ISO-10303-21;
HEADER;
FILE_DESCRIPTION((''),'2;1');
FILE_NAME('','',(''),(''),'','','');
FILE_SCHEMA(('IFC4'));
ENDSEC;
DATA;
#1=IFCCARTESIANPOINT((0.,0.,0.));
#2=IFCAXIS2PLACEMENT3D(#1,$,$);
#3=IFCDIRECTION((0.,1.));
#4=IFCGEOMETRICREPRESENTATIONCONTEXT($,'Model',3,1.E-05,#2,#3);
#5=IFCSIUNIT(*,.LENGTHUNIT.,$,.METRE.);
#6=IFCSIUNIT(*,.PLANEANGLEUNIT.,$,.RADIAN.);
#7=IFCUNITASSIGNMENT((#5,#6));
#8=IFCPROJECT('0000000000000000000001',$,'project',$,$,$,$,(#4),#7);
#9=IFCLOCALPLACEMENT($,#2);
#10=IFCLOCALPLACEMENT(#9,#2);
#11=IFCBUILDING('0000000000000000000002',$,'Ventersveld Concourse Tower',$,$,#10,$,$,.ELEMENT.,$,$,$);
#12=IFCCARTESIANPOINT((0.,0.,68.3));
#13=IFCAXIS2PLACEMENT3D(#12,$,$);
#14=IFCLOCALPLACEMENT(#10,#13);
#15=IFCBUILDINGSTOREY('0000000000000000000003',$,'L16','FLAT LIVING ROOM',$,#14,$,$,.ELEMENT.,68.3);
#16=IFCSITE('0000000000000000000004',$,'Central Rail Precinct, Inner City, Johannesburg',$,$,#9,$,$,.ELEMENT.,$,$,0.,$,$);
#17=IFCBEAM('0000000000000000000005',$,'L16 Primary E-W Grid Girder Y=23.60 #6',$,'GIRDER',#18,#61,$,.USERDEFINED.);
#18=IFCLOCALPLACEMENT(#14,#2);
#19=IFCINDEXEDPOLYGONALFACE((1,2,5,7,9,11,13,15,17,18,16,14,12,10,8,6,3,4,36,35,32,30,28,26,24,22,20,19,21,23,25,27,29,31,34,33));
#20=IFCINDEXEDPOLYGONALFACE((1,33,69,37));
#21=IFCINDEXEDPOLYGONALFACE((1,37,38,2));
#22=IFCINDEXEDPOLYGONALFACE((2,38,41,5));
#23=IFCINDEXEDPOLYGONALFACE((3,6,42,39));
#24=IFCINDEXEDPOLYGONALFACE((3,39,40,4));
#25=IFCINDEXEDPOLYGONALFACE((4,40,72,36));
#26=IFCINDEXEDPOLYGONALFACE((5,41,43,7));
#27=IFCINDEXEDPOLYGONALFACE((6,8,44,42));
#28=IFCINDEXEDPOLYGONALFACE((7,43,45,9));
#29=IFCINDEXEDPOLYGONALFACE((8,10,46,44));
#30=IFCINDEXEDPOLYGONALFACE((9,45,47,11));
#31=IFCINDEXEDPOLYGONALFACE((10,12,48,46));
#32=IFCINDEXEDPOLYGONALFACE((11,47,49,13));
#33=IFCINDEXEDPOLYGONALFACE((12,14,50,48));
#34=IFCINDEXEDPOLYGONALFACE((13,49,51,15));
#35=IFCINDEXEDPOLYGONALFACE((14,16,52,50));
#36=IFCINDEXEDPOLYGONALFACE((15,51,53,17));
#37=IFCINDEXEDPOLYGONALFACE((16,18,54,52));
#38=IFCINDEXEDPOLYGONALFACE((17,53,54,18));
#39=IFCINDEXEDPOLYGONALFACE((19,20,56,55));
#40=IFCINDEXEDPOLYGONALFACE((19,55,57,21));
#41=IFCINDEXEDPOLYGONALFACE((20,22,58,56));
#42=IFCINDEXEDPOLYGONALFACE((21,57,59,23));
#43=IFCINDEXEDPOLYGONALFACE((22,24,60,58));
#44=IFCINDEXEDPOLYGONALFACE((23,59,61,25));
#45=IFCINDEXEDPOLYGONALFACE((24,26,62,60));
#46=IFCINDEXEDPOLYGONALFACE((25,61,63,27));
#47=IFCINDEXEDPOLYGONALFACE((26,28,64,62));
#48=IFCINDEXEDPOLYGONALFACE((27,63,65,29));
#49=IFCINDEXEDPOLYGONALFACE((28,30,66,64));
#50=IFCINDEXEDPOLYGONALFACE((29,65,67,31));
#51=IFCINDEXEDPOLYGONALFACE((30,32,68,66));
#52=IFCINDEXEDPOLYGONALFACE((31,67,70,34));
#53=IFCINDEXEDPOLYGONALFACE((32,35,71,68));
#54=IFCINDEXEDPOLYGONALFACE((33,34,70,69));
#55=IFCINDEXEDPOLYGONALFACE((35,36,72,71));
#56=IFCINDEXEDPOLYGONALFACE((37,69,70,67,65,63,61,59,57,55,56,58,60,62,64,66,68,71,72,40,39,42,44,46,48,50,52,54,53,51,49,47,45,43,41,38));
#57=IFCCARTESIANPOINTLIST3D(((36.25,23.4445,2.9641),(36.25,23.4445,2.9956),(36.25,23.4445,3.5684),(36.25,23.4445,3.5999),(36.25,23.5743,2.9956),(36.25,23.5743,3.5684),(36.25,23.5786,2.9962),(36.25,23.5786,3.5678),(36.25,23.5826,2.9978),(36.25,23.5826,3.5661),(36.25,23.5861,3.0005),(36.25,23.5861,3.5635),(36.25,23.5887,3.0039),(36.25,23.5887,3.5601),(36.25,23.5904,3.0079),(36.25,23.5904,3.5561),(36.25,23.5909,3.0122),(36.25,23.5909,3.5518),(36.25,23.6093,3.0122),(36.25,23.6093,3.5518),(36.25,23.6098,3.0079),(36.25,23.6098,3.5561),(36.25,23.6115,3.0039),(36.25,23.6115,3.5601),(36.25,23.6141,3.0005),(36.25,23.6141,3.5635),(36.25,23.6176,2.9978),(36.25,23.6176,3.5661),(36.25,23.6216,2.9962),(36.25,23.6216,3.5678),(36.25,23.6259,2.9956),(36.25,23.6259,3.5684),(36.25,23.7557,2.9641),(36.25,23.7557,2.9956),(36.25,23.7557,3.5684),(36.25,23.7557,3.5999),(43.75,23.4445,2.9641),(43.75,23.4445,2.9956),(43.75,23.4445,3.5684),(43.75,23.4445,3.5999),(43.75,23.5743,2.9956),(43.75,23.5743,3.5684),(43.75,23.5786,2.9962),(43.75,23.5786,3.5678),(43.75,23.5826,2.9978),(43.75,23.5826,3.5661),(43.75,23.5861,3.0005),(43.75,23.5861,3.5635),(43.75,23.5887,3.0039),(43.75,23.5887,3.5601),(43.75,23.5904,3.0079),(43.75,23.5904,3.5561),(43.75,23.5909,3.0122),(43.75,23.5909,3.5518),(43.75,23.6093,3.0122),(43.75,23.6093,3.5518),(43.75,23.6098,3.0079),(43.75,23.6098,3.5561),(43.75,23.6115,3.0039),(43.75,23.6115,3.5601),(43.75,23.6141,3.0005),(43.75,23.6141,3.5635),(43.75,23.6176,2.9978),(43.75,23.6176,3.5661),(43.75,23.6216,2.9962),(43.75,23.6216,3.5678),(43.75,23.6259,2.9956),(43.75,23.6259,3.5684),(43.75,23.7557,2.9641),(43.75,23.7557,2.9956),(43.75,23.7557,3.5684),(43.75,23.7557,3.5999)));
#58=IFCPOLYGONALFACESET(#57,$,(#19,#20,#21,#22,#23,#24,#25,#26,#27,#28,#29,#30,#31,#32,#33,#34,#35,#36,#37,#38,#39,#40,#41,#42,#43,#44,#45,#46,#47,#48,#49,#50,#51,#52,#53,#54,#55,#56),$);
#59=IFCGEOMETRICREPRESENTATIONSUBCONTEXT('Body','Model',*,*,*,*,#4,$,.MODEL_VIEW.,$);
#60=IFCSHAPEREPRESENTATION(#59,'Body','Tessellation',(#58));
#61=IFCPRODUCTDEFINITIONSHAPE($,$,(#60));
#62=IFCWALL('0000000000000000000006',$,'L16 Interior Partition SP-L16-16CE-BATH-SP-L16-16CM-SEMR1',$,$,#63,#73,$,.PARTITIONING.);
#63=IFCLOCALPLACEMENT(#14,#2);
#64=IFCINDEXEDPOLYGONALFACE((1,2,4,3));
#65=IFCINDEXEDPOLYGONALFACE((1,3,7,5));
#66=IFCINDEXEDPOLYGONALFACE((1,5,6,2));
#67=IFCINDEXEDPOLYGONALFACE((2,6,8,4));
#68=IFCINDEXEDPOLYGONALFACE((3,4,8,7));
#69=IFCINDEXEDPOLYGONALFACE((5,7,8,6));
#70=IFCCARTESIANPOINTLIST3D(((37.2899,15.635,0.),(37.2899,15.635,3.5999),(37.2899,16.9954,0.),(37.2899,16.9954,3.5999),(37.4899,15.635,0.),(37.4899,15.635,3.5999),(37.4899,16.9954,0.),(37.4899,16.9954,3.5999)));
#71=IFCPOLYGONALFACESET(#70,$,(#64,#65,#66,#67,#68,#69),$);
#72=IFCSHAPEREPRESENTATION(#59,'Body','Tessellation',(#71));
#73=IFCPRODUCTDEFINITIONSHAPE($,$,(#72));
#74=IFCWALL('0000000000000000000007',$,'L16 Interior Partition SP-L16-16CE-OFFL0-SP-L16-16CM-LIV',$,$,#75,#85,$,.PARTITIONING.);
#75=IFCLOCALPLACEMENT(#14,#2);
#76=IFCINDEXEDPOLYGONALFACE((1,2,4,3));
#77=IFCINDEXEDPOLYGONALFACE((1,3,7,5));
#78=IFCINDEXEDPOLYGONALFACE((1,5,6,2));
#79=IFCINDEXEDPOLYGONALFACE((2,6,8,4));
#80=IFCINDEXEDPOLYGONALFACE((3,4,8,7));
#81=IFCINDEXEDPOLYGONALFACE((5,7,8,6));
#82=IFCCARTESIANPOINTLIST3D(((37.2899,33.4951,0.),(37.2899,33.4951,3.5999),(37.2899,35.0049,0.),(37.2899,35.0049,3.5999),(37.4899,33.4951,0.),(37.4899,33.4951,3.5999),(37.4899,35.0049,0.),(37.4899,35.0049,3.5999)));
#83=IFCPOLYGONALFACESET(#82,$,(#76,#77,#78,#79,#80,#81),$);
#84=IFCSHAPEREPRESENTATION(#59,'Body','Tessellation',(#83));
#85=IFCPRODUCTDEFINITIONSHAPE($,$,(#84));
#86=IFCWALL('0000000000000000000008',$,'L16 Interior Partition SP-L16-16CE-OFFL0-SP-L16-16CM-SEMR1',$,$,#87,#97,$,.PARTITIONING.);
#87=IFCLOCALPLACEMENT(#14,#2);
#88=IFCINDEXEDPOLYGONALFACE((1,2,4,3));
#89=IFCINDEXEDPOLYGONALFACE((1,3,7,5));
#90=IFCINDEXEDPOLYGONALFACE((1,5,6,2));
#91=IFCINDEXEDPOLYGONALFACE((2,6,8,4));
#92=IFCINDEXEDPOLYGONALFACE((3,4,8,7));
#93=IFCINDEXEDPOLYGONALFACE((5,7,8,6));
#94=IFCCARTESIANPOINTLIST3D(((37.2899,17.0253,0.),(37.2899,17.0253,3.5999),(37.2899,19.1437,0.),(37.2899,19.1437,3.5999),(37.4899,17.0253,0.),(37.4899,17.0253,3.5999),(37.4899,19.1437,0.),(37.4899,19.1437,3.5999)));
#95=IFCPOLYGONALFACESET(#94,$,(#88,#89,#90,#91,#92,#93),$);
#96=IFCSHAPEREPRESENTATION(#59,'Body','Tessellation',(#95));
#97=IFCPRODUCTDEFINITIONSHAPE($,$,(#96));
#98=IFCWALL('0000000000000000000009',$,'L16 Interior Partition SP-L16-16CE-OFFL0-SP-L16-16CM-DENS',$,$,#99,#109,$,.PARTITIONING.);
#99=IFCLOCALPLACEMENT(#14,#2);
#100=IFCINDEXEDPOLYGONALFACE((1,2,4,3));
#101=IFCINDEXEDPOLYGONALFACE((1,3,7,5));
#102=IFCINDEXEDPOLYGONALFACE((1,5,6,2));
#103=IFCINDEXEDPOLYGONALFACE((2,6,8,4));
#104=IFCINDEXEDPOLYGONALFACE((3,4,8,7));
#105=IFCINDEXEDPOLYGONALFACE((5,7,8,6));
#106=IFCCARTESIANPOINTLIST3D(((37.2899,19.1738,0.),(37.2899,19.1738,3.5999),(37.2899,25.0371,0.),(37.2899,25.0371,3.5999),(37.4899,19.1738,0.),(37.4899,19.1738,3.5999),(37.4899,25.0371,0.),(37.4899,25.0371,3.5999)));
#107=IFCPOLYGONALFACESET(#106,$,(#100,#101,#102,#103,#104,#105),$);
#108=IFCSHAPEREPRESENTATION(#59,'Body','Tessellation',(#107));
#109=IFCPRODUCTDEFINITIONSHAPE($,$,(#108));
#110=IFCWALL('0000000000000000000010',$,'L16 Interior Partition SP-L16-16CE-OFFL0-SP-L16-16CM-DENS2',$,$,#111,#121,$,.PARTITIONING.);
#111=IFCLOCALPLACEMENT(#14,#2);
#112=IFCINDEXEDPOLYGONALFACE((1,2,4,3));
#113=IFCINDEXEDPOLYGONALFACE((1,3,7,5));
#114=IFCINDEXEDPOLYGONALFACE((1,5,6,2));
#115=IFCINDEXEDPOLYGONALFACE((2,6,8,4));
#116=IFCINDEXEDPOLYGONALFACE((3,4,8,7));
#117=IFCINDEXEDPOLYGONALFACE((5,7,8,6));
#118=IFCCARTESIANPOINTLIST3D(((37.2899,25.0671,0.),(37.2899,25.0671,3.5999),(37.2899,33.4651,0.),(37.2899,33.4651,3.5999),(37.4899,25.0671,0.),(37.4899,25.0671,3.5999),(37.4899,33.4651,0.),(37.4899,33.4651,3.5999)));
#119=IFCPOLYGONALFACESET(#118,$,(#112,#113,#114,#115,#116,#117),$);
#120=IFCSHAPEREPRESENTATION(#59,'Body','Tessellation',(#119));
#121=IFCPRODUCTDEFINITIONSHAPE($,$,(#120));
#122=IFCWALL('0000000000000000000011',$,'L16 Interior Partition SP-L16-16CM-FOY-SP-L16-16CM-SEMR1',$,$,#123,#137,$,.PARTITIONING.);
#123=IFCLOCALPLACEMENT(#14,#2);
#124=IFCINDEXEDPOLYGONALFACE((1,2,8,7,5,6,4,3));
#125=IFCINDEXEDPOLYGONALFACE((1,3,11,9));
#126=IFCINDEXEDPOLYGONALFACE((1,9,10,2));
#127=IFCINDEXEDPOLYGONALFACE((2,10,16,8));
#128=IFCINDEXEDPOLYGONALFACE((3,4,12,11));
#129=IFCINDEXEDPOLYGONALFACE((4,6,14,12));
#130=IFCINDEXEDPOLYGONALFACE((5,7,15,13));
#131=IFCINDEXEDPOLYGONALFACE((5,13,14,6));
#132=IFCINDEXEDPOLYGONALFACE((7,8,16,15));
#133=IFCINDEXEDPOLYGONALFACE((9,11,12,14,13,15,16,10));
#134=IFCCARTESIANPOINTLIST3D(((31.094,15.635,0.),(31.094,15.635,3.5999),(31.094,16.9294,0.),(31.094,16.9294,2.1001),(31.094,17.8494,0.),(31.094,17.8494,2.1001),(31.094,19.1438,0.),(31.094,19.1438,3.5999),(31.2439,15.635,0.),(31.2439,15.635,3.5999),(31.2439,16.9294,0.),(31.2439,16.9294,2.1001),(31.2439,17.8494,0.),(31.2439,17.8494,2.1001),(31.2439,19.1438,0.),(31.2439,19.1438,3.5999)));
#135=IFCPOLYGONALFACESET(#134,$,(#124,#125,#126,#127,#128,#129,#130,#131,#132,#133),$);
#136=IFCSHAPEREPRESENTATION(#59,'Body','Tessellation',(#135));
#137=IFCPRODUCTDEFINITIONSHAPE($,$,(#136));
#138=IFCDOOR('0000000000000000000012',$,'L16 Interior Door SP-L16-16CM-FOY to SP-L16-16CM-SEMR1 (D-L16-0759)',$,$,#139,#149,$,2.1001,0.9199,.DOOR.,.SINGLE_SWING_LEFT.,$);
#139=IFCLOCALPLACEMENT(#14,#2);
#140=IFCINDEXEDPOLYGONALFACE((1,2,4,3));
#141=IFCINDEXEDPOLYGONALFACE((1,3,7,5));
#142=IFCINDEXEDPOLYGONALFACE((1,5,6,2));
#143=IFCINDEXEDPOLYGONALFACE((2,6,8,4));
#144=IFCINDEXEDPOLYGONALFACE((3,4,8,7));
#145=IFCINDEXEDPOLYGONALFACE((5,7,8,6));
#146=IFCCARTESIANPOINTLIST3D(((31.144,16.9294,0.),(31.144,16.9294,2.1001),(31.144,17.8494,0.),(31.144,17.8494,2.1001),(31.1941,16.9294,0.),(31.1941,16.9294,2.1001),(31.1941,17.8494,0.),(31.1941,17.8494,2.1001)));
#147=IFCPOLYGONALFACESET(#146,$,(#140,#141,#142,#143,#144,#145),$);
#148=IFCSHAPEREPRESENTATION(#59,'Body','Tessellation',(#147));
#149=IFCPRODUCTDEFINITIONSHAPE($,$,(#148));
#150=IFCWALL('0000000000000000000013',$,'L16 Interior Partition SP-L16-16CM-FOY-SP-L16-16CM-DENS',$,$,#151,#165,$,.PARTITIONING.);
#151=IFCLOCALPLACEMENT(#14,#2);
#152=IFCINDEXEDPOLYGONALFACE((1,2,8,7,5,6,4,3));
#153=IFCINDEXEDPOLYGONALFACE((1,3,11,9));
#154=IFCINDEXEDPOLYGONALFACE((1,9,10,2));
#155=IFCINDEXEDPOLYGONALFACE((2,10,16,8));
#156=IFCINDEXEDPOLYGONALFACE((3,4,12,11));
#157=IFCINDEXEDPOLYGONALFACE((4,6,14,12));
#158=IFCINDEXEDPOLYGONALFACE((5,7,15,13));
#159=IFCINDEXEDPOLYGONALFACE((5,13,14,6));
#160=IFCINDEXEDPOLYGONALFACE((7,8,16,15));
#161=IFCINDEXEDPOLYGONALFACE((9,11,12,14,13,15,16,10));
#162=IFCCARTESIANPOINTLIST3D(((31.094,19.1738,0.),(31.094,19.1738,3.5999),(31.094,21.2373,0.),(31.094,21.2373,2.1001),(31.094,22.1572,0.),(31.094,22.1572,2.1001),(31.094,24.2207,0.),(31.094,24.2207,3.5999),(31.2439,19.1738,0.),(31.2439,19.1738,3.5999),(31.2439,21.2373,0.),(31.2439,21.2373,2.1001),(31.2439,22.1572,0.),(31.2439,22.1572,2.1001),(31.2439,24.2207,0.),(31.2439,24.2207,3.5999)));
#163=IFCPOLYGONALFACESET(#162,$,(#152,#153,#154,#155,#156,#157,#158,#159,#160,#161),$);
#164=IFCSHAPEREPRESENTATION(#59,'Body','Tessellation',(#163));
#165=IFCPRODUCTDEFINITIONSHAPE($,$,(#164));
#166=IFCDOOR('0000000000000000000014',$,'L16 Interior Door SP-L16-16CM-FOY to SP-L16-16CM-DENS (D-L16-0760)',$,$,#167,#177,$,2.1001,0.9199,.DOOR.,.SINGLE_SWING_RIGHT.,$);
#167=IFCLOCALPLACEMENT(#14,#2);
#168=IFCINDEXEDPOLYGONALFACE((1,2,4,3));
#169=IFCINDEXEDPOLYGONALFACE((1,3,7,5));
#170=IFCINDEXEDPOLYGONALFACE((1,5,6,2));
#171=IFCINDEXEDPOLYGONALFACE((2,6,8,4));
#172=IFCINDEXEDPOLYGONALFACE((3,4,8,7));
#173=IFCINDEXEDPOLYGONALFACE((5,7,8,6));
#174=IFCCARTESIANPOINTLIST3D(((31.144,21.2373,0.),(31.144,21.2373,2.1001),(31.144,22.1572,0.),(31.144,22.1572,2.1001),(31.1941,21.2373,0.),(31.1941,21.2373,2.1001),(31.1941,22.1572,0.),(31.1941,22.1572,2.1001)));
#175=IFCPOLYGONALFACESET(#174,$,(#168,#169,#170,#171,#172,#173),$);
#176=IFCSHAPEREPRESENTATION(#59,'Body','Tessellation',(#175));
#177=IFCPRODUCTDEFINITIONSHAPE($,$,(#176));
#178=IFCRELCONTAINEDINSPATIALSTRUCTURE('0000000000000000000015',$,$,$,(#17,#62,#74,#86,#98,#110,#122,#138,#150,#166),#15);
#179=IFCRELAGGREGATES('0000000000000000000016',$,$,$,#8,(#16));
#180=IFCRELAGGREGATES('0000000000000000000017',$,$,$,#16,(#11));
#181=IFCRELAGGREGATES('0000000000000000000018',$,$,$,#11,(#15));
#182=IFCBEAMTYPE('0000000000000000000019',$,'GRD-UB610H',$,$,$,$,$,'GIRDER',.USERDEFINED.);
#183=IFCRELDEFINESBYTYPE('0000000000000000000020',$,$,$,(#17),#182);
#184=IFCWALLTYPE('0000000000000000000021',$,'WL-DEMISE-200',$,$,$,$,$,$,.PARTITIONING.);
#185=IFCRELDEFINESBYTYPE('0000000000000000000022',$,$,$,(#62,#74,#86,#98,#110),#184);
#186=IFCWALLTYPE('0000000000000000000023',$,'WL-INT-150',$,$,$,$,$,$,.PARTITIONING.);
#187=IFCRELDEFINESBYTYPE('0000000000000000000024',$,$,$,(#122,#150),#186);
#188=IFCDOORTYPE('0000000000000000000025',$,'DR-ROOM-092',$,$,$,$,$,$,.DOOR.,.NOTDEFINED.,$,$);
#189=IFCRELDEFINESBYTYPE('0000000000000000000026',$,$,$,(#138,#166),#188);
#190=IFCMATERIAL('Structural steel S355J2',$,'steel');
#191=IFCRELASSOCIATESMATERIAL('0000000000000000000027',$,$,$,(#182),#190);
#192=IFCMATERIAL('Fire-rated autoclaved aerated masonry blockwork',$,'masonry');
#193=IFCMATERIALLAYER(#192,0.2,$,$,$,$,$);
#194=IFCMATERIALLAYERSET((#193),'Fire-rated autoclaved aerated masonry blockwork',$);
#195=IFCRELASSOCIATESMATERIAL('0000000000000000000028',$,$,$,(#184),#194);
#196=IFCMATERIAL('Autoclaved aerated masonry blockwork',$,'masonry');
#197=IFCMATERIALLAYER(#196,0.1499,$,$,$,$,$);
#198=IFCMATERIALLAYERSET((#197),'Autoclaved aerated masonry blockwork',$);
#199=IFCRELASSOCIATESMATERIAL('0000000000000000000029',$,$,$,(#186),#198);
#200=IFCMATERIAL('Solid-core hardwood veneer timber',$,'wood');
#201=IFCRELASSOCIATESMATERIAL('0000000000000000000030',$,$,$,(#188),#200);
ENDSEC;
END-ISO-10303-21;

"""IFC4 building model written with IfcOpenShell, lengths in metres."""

from ifc_helpers import new_model, si_unit, direction, frame, frame_2d, origin, origin_2d, place, context, subcontext, project, spatial, rectangle, i_section, extrude, material, layer, layer_set, material_profile, profile_set, type_object, element, fill, save


model = new_model("IFC4")

# Units and contexts
model_context = context("Model", 3, precision=1e-05, world=origin(), true_north=direction((0.0, 1.0)))
body_context = subcontext(model_context, "Body", "Model", "MODEL_VIEW")
ifc_project = project(units=[si_unit("LENGTHUNIT", "METRE"), si_unit("PLANEANGLEUNIT", "RADIAN")], contexts=[model_context])

# Site, building, storey
site_placement = place(None, origin())
site = spatial("IfcSite", under=ifc_project, at=site_placement, Name="Central Rail Precinct, Inner City, Johannesburg", CompositionType="ELEMENT", RefElevation=0.0)
building_placement = place(site_placement, origin())
building = spatial("IfcBuilding", under=site, at=building_placement, Name="Ventersveld Concourse Tower", CompositionType="ELEMENT")
storey_placement = place(building_placement, frame((0.0, 0.0, 68.3)))
storey = spatial("IfcBuildingStorey", under=building, at=storey_placement, Name="L16", Description="FLAT LIVING ROOM", CompositionType="ELEMENT", Elevation=68.3)

# Beam
ifc_material_1 = material(Name="Structural steel S355J2", Category="steel")
ifc_material_profile_1 = material_profile(ifc_material_1, i_section(OverallWidth=0.3113, OverallDepth=0.6357, WebThickness=0.0183, FlangeThickness=0.0315, FilletRadius=0.0166, at=origin_2d()), Name="UB 610x305x238")
ifc_profile_set_1 = profile_set([ifc_material_profile_1], Name="Structural steel S355J2")
beam_type_1 = type_object("IfcBeamType", Name="GRD-UB610H", ElementType="GIRDER", PredefinedType="USERDEFINED", material=ifc_profile_set_1)
for number, where, z_axis, x_axis, name in (
    (1, (36.25, 23.6001, 3.282), (1.0, 0.0, 0.0), (0.0, 1.0, 0.0), "L16 Primary E-W Grid Girder Y=23.60 #6"),
):
    element("IfcBeam", number, at=place(storey_placement, frame(where, z_axis=z_axis, x_axis=x_axis)), inside=storey, type_object=beam_type_1, Name=name, ObjectType="GIRDER", PredefinedType="USERDEFINED", context=body_context, shape_type="SweptSolid", body=[
        extrude(i_section(OverallWidth=0.3113, OverallDepth=0.6357, WebThickness=0.0183, FlangeThickness=0.0315, FilletRadius=0.0166, at=origin_2d()), origin(), (0.0, 0.0, 1.0), 7.5),
    ])

# Walls
ifc_material_2 = material(Name="Fire-rated autoclaved aerated masonry blockwork", Category="masonry")
ifc_layer_1 = layer(ifc_material_2, 0.2)
ifc_layer_set_1 = layer_set([ifc_layer_1], Name="Fire-rated autoclaved aerated masonry blockwork")
wall_type_1 = type_object("IfcWallType", Name="WL-DEMISE-200", PredefinedType="PARTITIONING", material=ifc_layer_set_1)
wall_1_placement = place(storey_placement, frame((37.3899, 15.635, 0.0), z_axis=(0.0, 0.0, 1.0), x_axis=(0.0, 1.0, 0.0)))
element("IfcWall", 2, at=wall_1_placement, inside=storey, type_object=wall_type_1, Name="L16 Interior Partition SP-L16-16CE-BATH-SP-L16-16CM-SEMR1", PredefinedType="PARTITIONING", context=body_context, shape_type="SweptSolid", body=[
    extrude(rectangle(XDim=1.3604, YDim=0.2, at=frame_2d((0.6802, 0.0))), origin(), (0.0, 0.0, 1.0), 3.5999),
])
wall_2_placement = place(storey_placement, frame((37.3899, 33.4951, 0.0), z_axis=(0.0, 0.0, 1.0), x_axis=(0.0, 1.0, 0.0)))
element("IfcWall", 3, at=wall_2_placement, inside=storey, type_object=wall_type_1, Name="L16 Interior Partition SP-L16-16CE-OFFL0-SP-L16-16CM-LIV", PredefinedType="PARTITIONING", context=body_context, shape_type="SweptSolid", body=[
    extrude(rectangle(XDim=1.5098, YDim=0.2, at=frame_2d((0.7549, 0.0))), origin(), (0.0, 0.0, 1.0), 3.5999),
])
wall_3_placement = place(storey_placement, frame((37.3899, 17.0254, 0.0), z_axis=(0.0, 0.0, 1.0), x_axis=(0.0, 1.0, 0.0)))
element("IfcWall", 4, at=wall_3_placement, inside=storey, type_object=wall_type_1, Name="L16 Interior Partition SP-L16-16CE-OFFL0-SP-L16-16CM-SEMR1", PredefinedType="PARTITIONING", context=body_context, shape_type="SweptSolid", body=[
    extrude(rectangle(XDim=2.1184, YDim=0.2, at=frame_2d((1.0591, 0.0))), origin(), (0.0, 0.0, 1.0), 3.5999),
])
wall_4_placement = place(storey_placement, frame((37.3899, 19.1738, 0.0), z_axis=(0.0, 0.0, 1.0), x_axis=(0.0, 1.0, 0.0)))
element("IfcWall", 5, at=wall_4_placement, inside=storey, type_object=wall_type_1, Name="L16 Interior Partition SP-L16-16CE-OFFL0-SP-L16-16CM-DENS", PredefinedType="PARTITIONING", context=body_context, shape_type="SweptSolid", body=[
    extrude(rectangle(XDim=5.8633, YDim=0.2, at=frame_2d((2.9316, 0.0))), origin(), (0.0, 0.0, 1.0), 3.5999),
])
wall_5_placement = place(storey_placement, frame((37.3899, 25.0671, 0.0), z_axis=(0.0, 0.0, 1.0), x_axis=(0.0, 1.0, 0.0)))
element("IfcWall", 6, at=wall_5_placement, inside=storey, type_object=wall_type_1, Name="L16 Interior Partition SP-L16-16CE-OFFL0-SP-L16-16CM-DENS2", PredefinedType="PARTITIONING", context=body_context, shape_type="SweptSolid", body=[
    extrude(rectangle(XDim=8.3979, YDim=0.2, at=frame_2d((4.199, 0.0))), origin(), (0.0, 0.0, 1.0), 3.5999),
])

# Walls, openings, doors
ifc_material_3 = material(Name="Autoclaved aerated masonry blockwork", Category="masonry")
ifc_layer_2 = layer(ifc_material_3, 0.1499)
ifc_layer_set_2 = layer_set([ifc_layer_2], Name="Autoclaved aerated masonry blockwork")
wall_type_2 = type_object("IfcWallType", Name="WL-INT-150", PredefinedType="PARTITIONING", material=ifc_layer_set_2)
wall_6_placement = place(storey_placement, frame((31.1689, 15.635, 0.0), z_axis=(0.0, 0.0, 1.0), x_axis=(0.0, 1.0, 0.0)))
wall_6 = element("IfcWall", 7, at=wall_6_placement, inside=storey, type_object=wall_type_2, Name="L16 Interior Partition SP-L16-16CM-FOY-SP-L16-16CM-SEMR1", PredefinedType="PARTITIONING", context=body_context, shape_type="SweptSolid", body=[
    extrude(rectangle(XDim=3.5088, YDim=0.1499, at=frame_2d((1.7544, 0.0))), origin(), (0.0, 0.0, 1.0), 3.5999),
])
opening_1_placement = place(wall_6_placement, frame((1.2944, 0.0, 0.0)))
opening_1 = element("IfcOpeningElement", 8, at=opening_1_placement, cuts=wall_6, PredefinedType="OPENING", context=body_context, shape_type="SweptSolid", body=[
    extrude(rectangle(XDim=0.9199, YDim=2.1001, at=frame_2d((0.46, 1.05))), frame((0.0, 0.085, 0.0), z_axis=(0.0, -1.0, 0.0), x_axis=(1.0, 0.0, 0.0)), (0.0, 0.0, 1.0), 0.1699),
])
ifc_material_4 = material(Name="Solid-core hardwood veneer timber", Category="wood")
door_type = type_object("IfcDoorType", Name="DR-ROOM-092", OperationType="NOTDEFINED", PredefinedType="DOOR", material=ifc_material_4)
door_1_placement = place(opening_1_placement, origin())
door_1 = element("IfcDoor", 9, at=door_1_placement, inside=storey, type_object=door_type, Name="L16 Interior Door SP-L16-16CM-FOY to SP-L16-16CM-SEMR1 (D-L16-0759)", OperationType="SINGLE_SWING_LEFT", OverallHeight=2.1001, OverallWidth=0.9199, PredefinedType="DOOR", context=body_context, shape_type="SweptSolid", body=[
    extrude(rectangle(XDim=0.9199, YDim=2.1001, at=frame_2d((0.46, 1.05))), frame((0.0, 0.0249, 0.0), z_axis=(0.0, -1.0, 0.0), x_axis=(1.0, 0.0, 0.0)), (0.0, 0.0, 1.0), 0.05),
])
fill(opening_1, door_1)
wall_7_placement = place(storey_placement, frame((31.1689, 19.1738, 0.0), z_axis=(0.0, 0.0, 1.0), x_axis=(0.0, 1.0, 0.0)))
wall_7 = element("IfcWall", 10, at=wall_7_placement, inside=storey, type_object=wall_type_2, Name="L16 Interior Partition SP-L16-16CM-FOY-SP-L16-16CM-DENS", PredefinedType="PARTITIONING", context=body_context, shape_type="SweptSolid", body=[
    extrude(rectangle(XDim=5.0469, YDim=0.1499, at=frame_2d((2.5234, 0.0))), origin(), (0.0, 0.0, 1.0), 3.5999),
])
opening_2_placement = place(wall_7_placement, frame((2.0635, 0.0, 0.0)))
opening_2 = element("IfcOpeningElement", 11, at=opening_2_placement, cuts=wall_7, PredefinedType="OPENING", context=body_context, shape_type="SweptSolid", body=[
    extrude(rectangle(XDim=0.9199, YDim=2.1001, at=frame_2d((0.46, 1.05))), frame((0.0, 0.085, 0.0), z_axis=(0.0, -1.0, 0.0), x_axis=(1.0, 0.0, 0.0)), (0.0, 0.0, 1.0), 0.1699),
])
door_2_placement = place(opening_2_placement, origin())
door_2 = element("IfcDoor", 12, at=door_2_placement, inside=storey, type_object=door_type, Name="L16 Interior Door SP-L16-16CM-FOY to SP-L16-16CM-DENS (D-L16-0760)", OperationType="SINGLE_SWING_RIGHT", OverallHeight=2.1001, OverallWidth=0.9199, PredefinedType="DOOR", context=body_context, shape_type="SweptSolid", body=[
    extrude(rectangle(XDim=0.9199, YDim=2.1001, at=frame_2d((0.46, 1.05))), frame((0.0, 0.0249, 0.0), z_axis=(0.0, -1.0, 0.0), x_axis=(1.0, 0.0, 0.0)), (0.0, 0.0, 1.0), 0.05),
])
fill(opening_2, door_2)

save(model, "model.ifc")
